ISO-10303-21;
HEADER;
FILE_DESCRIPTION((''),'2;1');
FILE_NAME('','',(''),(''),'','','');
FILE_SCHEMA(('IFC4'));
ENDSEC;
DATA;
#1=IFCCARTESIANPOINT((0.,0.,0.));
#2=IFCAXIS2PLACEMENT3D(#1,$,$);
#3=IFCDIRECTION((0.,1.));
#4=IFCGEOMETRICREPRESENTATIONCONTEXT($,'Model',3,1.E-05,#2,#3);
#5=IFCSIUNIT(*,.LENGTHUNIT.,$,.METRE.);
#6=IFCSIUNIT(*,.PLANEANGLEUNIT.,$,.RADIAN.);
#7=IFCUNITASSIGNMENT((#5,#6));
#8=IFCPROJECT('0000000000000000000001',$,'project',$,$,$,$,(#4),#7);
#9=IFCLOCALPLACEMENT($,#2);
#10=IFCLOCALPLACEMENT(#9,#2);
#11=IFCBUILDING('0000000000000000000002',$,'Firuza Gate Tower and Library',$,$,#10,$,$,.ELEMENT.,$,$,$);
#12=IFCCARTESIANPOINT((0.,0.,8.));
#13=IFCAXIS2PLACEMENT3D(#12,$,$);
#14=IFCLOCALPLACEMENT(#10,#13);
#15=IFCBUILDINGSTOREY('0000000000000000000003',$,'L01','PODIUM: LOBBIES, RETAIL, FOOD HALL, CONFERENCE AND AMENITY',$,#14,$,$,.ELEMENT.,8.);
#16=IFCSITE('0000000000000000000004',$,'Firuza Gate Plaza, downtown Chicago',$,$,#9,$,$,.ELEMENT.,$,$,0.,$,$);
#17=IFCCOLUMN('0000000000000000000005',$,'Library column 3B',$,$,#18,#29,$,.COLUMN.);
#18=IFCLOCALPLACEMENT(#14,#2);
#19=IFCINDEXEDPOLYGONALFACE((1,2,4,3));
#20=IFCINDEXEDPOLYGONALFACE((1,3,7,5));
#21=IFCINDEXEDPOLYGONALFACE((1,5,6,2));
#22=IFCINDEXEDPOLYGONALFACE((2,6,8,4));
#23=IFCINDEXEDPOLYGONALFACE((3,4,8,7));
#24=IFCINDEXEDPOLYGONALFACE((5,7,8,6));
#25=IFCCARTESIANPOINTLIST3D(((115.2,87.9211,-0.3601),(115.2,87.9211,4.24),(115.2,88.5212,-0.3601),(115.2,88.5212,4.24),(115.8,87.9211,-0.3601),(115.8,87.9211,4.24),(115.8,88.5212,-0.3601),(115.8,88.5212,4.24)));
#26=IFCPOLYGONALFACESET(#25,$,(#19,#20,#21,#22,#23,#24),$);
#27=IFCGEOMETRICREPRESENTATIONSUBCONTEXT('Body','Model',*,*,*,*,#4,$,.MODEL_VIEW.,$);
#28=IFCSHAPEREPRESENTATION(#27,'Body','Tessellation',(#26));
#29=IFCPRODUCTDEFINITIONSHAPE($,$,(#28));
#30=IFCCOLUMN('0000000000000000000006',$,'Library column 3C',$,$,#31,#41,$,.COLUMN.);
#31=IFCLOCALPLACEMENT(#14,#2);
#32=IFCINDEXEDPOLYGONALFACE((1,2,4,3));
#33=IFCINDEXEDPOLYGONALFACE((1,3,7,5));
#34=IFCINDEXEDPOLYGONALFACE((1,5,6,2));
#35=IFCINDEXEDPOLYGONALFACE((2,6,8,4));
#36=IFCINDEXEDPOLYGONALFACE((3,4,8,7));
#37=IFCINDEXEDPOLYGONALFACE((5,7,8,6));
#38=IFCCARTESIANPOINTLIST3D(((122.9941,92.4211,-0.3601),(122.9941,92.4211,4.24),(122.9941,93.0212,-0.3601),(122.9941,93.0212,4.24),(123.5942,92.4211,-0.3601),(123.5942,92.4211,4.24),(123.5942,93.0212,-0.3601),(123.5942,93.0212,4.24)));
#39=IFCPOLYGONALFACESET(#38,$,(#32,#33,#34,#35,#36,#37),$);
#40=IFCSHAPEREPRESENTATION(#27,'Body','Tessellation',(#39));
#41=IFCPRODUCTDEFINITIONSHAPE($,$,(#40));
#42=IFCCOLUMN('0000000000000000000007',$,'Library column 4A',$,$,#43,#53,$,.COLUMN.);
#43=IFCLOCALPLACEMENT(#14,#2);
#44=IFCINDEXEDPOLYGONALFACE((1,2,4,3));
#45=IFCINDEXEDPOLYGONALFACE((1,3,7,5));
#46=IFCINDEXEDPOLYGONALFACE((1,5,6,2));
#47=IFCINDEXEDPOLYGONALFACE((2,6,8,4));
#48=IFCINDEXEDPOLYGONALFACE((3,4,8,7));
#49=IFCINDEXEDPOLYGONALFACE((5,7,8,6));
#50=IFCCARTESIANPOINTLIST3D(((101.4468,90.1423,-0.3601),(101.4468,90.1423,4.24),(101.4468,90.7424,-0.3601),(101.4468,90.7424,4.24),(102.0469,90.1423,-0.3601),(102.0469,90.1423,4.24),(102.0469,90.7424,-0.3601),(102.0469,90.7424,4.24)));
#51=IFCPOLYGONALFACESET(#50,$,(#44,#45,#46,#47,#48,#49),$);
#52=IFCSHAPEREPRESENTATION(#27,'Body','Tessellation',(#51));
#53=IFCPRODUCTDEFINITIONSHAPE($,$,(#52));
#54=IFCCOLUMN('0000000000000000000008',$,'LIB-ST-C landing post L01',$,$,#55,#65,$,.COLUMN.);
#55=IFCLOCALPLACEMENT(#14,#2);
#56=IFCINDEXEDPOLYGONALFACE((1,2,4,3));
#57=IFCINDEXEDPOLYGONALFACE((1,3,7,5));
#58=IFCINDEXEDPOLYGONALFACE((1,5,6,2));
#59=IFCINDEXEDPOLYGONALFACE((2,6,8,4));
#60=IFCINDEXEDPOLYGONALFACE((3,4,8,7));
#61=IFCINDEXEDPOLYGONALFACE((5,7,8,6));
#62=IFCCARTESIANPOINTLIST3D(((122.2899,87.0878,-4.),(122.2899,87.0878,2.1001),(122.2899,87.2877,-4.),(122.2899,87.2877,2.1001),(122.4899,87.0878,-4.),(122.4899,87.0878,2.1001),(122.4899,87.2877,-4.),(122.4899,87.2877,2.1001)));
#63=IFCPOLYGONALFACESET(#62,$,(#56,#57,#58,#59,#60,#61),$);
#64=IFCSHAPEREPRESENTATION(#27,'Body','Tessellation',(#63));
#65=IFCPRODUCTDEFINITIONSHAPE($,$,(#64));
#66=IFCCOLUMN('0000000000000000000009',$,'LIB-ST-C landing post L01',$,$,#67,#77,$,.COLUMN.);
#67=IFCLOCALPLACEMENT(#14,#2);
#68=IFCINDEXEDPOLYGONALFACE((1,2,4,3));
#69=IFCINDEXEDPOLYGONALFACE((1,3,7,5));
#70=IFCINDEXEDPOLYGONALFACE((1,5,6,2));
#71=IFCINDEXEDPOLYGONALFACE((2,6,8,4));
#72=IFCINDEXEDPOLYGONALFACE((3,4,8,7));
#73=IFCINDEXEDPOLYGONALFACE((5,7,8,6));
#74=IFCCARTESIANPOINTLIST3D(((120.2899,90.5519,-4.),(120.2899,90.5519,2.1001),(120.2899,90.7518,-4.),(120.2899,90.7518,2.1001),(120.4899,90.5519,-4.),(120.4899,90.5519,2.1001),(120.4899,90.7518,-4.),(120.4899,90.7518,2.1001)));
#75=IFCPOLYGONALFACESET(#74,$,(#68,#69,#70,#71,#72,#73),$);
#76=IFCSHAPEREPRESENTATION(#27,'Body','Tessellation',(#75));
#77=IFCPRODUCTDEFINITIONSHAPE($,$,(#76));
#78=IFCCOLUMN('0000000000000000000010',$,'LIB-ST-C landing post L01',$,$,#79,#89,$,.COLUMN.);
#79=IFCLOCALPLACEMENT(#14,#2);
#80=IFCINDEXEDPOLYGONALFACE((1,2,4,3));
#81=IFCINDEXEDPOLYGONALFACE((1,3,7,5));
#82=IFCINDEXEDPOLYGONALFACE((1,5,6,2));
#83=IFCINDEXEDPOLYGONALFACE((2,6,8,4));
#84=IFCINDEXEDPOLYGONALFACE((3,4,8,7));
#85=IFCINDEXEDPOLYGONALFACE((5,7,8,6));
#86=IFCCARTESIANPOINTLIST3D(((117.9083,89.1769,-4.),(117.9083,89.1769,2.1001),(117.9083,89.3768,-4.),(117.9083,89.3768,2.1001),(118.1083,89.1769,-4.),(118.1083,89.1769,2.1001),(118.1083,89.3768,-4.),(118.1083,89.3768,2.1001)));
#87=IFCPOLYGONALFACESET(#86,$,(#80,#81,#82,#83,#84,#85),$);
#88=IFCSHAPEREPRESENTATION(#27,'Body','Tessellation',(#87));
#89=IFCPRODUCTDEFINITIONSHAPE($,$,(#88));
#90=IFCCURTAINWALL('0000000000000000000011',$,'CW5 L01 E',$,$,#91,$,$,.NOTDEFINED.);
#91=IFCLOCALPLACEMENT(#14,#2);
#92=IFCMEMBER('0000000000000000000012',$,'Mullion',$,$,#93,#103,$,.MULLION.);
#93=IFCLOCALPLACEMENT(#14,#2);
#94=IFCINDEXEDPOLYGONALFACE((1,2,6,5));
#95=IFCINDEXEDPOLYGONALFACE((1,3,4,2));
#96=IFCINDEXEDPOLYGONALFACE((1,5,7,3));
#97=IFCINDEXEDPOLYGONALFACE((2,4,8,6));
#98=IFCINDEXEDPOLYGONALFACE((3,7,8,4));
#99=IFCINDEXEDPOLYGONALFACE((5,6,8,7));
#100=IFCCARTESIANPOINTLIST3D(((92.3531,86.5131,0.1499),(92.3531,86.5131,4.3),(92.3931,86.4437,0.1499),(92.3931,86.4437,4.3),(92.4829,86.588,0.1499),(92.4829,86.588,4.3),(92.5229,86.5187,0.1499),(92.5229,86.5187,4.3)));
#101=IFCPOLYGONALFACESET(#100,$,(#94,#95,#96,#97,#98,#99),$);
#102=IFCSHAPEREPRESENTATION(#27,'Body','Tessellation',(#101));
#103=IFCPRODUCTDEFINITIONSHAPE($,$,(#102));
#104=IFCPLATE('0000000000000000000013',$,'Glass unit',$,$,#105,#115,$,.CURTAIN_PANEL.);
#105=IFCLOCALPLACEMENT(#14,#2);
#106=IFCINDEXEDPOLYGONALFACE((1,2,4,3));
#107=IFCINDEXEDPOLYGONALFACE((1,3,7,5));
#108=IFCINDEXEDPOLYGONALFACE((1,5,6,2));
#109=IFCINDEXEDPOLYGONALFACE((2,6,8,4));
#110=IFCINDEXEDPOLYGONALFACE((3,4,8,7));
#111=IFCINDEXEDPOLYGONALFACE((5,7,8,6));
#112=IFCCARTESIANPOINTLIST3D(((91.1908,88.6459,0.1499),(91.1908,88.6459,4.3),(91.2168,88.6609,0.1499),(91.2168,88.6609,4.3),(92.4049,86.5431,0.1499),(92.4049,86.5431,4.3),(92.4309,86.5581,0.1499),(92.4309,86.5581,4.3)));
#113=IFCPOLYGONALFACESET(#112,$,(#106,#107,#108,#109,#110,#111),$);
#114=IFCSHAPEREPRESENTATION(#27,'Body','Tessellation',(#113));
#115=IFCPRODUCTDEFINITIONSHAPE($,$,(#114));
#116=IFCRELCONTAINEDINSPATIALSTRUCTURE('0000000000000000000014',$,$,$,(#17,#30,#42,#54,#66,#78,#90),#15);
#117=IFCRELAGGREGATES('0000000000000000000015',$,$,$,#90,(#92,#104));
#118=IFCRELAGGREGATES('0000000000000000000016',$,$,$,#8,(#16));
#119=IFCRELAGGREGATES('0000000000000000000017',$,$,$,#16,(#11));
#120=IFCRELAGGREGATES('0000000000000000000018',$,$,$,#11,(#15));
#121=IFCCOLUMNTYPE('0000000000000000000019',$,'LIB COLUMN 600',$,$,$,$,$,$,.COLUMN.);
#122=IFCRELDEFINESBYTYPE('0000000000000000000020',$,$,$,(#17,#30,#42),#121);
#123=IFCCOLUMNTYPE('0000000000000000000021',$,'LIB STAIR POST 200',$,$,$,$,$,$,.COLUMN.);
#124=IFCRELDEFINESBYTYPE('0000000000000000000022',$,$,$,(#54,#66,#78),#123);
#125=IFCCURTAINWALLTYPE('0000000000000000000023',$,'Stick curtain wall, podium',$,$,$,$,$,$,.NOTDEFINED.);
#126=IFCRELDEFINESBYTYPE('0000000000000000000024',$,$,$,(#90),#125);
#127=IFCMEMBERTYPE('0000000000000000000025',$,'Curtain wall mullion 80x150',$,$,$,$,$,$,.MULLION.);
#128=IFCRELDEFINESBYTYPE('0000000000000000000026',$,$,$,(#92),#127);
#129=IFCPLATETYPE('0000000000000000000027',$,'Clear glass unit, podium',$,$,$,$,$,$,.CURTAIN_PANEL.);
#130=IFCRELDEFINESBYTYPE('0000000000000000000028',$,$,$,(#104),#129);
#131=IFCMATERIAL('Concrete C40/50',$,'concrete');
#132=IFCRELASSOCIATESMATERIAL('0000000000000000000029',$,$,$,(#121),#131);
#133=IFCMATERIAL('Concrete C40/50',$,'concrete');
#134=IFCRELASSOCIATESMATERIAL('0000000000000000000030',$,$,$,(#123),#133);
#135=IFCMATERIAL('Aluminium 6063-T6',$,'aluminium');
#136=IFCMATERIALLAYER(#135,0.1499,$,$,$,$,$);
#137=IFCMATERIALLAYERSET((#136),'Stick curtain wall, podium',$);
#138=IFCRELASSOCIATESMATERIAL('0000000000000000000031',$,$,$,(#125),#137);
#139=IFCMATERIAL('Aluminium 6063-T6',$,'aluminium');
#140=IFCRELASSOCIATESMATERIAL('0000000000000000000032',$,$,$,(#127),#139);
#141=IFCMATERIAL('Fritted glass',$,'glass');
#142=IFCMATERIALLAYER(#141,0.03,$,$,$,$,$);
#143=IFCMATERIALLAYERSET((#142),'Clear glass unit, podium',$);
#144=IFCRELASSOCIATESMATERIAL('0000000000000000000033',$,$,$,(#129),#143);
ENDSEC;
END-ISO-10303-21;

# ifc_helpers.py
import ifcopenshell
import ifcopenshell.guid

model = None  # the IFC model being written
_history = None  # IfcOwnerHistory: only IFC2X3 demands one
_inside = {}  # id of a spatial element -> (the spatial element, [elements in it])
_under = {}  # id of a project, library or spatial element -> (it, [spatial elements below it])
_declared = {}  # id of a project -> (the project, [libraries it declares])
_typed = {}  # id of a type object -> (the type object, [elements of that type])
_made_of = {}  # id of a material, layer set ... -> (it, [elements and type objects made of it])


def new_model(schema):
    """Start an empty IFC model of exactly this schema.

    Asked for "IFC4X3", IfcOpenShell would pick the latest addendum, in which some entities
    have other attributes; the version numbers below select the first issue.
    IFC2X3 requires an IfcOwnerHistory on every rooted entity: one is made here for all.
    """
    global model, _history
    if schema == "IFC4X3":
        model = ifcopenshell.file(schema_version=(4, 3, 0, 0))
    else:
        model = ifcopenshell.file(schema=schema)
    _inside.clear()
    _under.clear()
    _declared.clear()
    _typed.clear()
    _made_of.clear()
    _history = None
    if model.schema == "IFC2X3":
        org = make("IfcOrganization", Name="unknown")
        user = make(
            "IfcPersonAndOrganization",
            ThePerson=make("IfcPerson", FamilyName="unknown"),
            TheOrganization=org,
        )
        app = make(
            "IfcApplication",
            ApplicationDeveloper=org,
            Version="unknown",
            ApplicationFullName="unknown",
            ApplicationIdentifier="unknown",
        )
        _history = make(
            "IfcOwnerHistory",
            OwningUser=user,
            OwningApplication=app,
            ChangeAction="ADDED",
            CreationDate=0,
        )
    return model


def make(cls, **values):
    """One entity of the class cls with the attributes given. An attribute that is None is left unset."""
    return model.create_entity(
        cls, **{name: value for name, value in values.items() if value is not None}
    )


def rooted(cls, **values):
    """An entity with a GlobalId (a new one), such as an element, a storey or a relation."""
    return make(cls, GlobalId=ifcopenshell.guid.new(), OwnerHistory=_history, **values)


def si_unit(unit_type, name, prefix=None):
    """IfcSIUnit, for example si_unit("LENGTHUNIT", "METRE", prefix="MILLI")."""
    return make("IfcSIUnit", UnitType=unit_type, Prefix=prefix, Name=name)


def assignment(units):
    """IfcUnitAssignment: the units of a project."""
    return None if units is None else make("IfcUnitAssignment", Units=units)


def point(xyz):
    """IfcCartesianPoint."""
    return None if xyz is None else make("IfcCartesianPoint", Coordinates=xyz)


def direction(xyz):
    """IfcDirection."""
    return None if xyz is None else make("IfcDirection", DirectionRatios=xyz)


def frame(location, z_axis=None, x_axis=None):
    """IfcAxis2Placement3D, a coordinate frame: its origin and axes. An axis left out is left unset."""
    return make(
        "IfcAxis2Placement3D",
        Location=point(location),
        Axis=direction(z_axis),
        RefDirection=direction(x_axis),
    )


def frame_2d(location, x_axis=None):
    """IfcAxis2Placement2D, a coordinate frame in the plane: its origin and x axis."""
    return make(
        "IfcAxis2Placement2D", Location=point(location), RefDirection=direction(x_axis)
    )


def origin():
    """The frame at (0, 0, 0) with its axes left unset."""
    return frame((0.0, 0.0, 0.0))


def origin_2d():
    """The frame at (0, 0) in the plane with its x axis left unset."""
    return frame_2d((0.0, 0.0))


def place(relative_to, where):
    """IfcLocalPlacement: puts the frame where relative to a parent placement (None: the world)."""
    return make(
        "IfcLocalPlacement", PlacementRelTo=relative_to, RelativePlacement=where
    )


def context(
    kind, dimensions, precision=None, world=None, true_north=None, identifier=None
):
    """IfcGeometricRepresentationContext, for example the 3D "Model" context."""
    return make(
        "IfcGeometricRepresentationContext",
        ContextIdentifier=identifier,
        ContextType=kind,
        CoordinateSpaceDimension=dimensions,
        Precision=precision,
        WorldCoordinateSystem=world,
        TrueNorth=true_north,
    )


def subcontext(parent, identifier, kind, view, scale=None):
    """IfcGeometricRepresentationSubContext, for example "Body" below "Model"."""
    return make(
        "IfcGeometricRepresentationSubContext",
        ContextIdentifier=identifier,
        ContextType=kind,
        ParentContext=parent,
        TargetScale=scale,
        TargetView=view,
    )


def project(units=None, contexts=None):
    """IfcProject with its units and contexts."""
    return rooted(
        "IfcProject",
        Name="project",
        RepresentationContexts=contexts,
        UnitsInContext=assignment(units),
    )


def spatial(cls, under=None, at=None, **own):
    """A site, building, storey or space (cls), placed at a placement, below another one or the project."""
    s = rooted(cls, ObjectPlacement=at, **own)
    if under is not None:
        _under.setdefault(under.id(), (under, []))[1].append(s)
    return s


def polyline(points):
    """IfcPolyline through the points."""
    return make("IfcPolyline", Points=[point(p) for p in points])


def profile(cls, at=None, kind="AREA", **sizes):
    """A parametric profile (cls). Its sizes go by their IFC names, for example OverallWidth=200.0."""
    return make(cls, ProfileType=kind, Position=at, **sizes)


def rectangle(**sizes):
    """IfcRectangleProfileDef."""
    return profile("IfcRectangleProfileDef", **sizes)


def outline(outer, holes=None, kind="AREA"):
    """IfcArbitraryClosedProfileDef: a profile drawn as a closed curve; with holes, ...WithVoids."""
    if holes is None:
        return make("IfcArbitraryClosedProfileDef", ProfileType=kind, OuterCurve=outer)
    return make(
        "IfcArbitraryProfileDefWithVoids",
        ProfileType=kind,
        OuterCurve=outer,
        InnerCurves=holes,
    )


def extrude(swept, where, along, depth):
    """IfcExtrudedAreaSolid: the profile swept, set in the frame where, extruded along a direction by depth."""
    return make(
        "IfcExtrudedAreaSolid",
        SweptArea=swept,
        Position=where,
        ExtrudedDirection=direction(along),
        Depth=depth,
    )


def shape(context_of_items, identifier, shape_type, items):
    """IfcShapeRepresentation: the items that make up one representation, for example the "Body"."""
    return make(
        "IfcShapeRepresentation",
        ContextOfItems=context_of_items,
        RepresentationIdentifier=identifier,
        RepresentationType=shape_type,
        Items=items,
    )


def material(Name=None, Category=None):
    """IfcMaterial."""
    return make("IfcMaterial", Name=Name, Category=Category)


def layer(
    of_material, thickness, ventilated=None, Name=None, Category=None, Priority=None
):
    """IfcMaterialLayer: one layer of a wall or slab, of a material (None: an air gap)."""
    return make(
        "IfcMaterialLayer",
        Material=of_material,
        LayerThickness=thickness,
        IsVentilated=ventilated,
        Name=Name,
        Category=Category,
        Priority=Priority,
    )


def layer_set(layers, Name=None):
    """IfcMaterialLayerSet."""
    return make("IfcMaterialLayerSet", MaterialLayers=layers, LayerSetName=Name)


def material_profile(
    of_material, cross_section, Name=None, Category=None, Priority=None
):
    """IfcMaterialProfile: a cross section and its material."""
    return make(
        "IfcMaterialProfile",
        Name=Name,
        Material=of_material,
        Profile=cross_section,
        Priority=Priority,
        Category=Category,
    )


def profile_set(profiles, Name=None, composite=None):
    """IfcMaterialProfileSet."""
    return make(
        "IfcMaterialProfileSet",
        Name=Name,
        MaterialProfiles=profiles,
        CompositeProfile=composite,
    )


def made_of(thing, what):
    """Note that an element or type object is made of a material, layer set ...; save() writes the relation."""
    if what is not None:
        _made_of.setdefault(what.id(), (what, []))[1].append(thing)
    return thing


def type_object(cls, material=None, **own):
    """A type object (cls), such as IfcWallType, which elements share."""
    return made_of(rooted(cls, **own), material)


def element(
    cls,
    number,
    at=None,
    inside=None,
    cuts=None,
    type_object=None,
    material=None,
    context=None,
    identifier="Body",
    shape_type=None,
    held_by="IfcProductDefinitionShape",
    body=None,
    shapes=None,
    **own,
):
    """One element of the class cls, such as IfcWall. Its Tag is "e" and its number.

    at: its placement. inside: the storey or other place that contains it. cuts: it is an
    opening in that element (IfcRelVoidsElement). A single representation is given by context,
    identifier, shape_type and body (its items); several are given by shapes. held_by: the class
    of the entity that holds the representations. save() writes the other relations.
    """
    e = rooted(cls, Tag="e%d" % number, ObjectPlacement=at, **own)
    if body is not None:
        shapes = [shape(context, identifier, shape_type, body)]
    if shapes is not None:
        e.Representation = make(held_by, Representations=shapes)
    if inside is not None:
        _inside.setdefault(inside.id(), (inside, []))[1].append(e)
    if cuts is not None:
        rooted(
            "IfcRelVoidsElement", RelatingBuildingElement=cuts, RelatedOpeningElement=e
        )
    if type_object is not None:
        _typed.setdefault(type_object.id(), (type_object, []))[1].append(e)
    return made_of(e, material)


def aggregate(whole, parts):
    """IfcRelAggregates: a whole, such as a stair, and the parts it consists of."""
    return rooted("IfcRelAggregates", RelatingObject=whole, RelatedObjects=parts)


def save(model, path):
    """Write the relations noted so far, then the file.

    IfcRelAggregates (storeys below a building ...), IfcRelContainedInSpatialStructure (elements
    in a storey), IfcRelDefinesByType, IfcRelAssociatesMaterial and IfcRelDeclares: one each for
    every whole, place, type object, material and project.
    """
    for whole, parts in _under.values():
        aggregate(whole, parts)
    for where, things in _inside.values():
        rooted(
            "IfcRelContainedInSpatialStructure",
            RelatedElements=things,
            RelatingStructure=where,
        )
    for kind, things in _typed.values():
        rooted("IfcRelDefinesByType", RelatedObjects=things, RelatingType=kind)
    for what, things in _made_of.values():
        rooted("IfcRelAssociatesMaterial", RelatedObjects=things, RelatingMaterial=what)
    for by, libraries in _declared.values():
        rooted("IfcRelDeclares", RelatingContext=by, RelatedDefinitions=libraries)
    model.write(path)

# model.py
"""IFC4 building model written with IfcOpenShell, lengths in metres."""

from ifc_helpers import new_model, si_unit, direction, frame, origin, origin_2d, place, context, subcontext, project, spatial, polyline, rectangle, outline, extrude, material, layer, layer_set, material_profile, profile_set, type_object, element, aggregate, save


model = new_model("IFC4")

# Units and contexts
model_context = context("Model", 3, precision=1e-05, world=origin(), true_north=direction((0.0, 1.0)))
body_context = subcontext(model_context, "Body", "Model", "MODEL_VIEW")
ifc_project = project(units=[si_unit("LENGTHUNIT", "METRE"), si_unit("PLANEANGLEUNIT", "RADIAN")], contexts=[model_context])

# Site, building, storey
site_placement = place(None, origin())
site = spatial("IfcSite", under=ifc_project, at=site_placement, Name="Firuza Gate Plaza, downtown Chicago", CompositionType="ELEMENT", RefElevation=0.0)
building_placement = place(site_placement, origin())
building = spatial("IfcBuilding", under=site, at=building_placement, Name="Firuza Gate Tower and Library", CompositionType="ELEMENT")
storey_placement = place(building_placement, frame((0.0, 0.0, 8.0)))
storey = spatial("IfcBuildingStorey", under=building, at=storey_placement, Name="L01", Description="PODIUM: LOBBIES, RETAIL, FOOD HALL, CONFERENCE AND AMENITY", CompositionType="ELEMENT", Elevation=8.0)

# Columns
ifc_material_1 = material(Name="Concrete C40/50", Category="concrete")
ifc_material_profile_1 = material_profile(ifc_material_1, rectangle(XDim=0.6001, YDim=0.6001, at=origin_2d()))
ifc_profile_set_1 = profile_set([ifc_material_profile_1], Name="Concrete C40/50")
column_type_1 = type_object("IfcColumnType", Name="LIB COLUMN 600", PredefinedType="COLUMN", material=ifc_profile_set_1)
for number, where, z_axis, x_axis, name in (
    (1, (115.5, 88.2212, -0.3601), (0.0, 0.0, 1.0), (1.0, 0.0, 0.0), "Library column 3B"),
    (2, (123.2942, 92.7212, -0.3601), (0.0, 0.0, 1.0), (1.0, 0.0, 0.0), "Library column 3C"),
    (3, (101.7468, 90.4424, -0.3601), (0.0, 0.0, 1.0), (1.0, 0.0, 0.0), "Library column 4A"),
):
    element("IfcColumn", number, at=place(storey_placement, frame(where, z_axis=z_axis, x_axis=x_axis)), inside=storey, type_object=column_type_1, Name=name, PredefinedType="COLUMN", context=body_context, shape_type="SweptSolid", body=[
        extrude(rectangle(XDim=0.6001, YDim=0.6001, at=origin_2d()), origin(), (0.0, 0.0, 1.0), 4.6001),
    ])
ifc_material_2 = material(Name="Concrete C40/50", Category="concrete")
ifc_material_profile_2 = material_profile(ifc_material_2, rectangle(XDim=0.2, YDim=0.2, at=origin_2d()))
ifc_profile_set_2 = profile_set([ifc_material_profile_2], Name="Concrete C40/50")
column_type_2 = type_object("IfcColumnType", Name="LIB STAIR POST 200", PredefinedType="COLUMN", material=ifc_profile_set_2)
for number, where, z_axis, x_axis, name in (
    (4, (122.3899, 87.1877, -4.0), (0.0, 0.0, 1.0), (1.0, 0.0, 0.0), "LIB-ST-C landing post L01"),
    (5, (120.3899, 90.6519, -4.0), (0.0, 0.0, 1.0), (1.0, 0.0, 0.0), "LIB-ST-C landing post L01"),
    (6, (118.0083, 89.2769, -4.0), (0.0, 0.0, 1.0), (1.0, 0.0, 0.0), "LIB-ST-C landing post L01"),
):
    element("IfcColumn", number, at=place(storey_placement, frame(where, z_axis=z_axis, x_axis=x_axis)), inside=storey, type_object=column_type_2, Name=name, PredefinedType="COLUMN", context=body_context, shape_type="SweptSolid", body=[
        extrude(rectangle(XDim=0.2, YDim=0.2, at=origin_2d()), origin(), (0.0, 0.0, 1.0), 6.1001),
    ])

# Curtain wall, member, plate
ifc_material_3 = material(Name="Aluminium 6063-T6", Category="aluminium")
ifc_layer_1 = layer(ifc_material_3, 0.1499)
ifc_layer_set_1 = layer_set([ifc_layer_1], Name="Stick curtain wall, podium")
curtain_wall_type = type_object("IfcCurtainWallType", Name="Stick curtain wall, podium", PredefinedType="NOTDEFINED", material=ifc_layer_set_1)
placement = place(storey_placement, origin())
curtain_wall = element("IfcCurtainWall", 7, at=placement, inside=storey, type_object=curtain_wall_type, Name="CW5 L01 E", PredefinedType="NOTDEFINED")
ifc_material_4 = material(Name="Aluminium 6063-T6", Category="aluminium")
ifc_material_profile_3 = material_profile(ifc_material_4, rectangle(XDim=0.1499, YDim=0.0801, at=origin_2d()))
ifc_profile_set_3 = profile_set([ifc_material_profile_3], Name="Aluminium 6063-T6")
member_type = type_object("IfcMemberType", Name="Curtain wall mullion 80x150", PredefinedType="MULLION", material=ifc_profile_set_3)
member_placement = place(storey_placement, frame((92.438, 86.5159, 0.1499), z_axis=(0.0, 0.0, 1.0), x_axis=(-0.866025, -0.5, 0.0)))
member = element("IfcMember", 8, at=member_placement, type_object=member_type, Name="Mullion", PredefinedType="MULLION", context=body_context, shape_type="SweptSolid", body=[
    extrude(rectangle(XDim=0.1499, YDim=0.0801, at=origin_2d()), origin(), (0.0, 0.0, 1.0), 4.1501),
])
ifc_material_5 = material(Name="Fritted glass", Category="glass")
ifc_layer_2 = layer(ifc_material_5, 0.03)
ifc_layer_set_2 = layer_set([ifc_layer_2], Name="Clear glass unit, podium")
plate_type = type_object("IfcPlateType", Name="Clear glass unit, podium", PredefinedType="CURTAIN_PANEL", material=ifc_layer_set_2)
plate_placement = place(storey_placement, frame((92.4309, 86.5581, 0.1499), z_axis=(0.866013, 0.500021, 0.0), x_axis=(-0.500021, 0.866013, 0.0)))
plate = element("IfcPlate", 9, at=plate_placement, type_object=plate_type, Name="Glass unit", PredefinedType="CURTAIN_PANEL", context=body_context, shape_type="SweptSolid", body=[
    extrude(outline(polyline([(0.0, 0.0), (2.4281, 0.0), (2.4281, 4.1501), (0.0, 4.1501), (0.0, 0.0)])), origin(), (0.0, 0.0, -1.0), 0.03),
])
aggregate(curtain_wall, [member, plate])

save(model, "model.ifc")
